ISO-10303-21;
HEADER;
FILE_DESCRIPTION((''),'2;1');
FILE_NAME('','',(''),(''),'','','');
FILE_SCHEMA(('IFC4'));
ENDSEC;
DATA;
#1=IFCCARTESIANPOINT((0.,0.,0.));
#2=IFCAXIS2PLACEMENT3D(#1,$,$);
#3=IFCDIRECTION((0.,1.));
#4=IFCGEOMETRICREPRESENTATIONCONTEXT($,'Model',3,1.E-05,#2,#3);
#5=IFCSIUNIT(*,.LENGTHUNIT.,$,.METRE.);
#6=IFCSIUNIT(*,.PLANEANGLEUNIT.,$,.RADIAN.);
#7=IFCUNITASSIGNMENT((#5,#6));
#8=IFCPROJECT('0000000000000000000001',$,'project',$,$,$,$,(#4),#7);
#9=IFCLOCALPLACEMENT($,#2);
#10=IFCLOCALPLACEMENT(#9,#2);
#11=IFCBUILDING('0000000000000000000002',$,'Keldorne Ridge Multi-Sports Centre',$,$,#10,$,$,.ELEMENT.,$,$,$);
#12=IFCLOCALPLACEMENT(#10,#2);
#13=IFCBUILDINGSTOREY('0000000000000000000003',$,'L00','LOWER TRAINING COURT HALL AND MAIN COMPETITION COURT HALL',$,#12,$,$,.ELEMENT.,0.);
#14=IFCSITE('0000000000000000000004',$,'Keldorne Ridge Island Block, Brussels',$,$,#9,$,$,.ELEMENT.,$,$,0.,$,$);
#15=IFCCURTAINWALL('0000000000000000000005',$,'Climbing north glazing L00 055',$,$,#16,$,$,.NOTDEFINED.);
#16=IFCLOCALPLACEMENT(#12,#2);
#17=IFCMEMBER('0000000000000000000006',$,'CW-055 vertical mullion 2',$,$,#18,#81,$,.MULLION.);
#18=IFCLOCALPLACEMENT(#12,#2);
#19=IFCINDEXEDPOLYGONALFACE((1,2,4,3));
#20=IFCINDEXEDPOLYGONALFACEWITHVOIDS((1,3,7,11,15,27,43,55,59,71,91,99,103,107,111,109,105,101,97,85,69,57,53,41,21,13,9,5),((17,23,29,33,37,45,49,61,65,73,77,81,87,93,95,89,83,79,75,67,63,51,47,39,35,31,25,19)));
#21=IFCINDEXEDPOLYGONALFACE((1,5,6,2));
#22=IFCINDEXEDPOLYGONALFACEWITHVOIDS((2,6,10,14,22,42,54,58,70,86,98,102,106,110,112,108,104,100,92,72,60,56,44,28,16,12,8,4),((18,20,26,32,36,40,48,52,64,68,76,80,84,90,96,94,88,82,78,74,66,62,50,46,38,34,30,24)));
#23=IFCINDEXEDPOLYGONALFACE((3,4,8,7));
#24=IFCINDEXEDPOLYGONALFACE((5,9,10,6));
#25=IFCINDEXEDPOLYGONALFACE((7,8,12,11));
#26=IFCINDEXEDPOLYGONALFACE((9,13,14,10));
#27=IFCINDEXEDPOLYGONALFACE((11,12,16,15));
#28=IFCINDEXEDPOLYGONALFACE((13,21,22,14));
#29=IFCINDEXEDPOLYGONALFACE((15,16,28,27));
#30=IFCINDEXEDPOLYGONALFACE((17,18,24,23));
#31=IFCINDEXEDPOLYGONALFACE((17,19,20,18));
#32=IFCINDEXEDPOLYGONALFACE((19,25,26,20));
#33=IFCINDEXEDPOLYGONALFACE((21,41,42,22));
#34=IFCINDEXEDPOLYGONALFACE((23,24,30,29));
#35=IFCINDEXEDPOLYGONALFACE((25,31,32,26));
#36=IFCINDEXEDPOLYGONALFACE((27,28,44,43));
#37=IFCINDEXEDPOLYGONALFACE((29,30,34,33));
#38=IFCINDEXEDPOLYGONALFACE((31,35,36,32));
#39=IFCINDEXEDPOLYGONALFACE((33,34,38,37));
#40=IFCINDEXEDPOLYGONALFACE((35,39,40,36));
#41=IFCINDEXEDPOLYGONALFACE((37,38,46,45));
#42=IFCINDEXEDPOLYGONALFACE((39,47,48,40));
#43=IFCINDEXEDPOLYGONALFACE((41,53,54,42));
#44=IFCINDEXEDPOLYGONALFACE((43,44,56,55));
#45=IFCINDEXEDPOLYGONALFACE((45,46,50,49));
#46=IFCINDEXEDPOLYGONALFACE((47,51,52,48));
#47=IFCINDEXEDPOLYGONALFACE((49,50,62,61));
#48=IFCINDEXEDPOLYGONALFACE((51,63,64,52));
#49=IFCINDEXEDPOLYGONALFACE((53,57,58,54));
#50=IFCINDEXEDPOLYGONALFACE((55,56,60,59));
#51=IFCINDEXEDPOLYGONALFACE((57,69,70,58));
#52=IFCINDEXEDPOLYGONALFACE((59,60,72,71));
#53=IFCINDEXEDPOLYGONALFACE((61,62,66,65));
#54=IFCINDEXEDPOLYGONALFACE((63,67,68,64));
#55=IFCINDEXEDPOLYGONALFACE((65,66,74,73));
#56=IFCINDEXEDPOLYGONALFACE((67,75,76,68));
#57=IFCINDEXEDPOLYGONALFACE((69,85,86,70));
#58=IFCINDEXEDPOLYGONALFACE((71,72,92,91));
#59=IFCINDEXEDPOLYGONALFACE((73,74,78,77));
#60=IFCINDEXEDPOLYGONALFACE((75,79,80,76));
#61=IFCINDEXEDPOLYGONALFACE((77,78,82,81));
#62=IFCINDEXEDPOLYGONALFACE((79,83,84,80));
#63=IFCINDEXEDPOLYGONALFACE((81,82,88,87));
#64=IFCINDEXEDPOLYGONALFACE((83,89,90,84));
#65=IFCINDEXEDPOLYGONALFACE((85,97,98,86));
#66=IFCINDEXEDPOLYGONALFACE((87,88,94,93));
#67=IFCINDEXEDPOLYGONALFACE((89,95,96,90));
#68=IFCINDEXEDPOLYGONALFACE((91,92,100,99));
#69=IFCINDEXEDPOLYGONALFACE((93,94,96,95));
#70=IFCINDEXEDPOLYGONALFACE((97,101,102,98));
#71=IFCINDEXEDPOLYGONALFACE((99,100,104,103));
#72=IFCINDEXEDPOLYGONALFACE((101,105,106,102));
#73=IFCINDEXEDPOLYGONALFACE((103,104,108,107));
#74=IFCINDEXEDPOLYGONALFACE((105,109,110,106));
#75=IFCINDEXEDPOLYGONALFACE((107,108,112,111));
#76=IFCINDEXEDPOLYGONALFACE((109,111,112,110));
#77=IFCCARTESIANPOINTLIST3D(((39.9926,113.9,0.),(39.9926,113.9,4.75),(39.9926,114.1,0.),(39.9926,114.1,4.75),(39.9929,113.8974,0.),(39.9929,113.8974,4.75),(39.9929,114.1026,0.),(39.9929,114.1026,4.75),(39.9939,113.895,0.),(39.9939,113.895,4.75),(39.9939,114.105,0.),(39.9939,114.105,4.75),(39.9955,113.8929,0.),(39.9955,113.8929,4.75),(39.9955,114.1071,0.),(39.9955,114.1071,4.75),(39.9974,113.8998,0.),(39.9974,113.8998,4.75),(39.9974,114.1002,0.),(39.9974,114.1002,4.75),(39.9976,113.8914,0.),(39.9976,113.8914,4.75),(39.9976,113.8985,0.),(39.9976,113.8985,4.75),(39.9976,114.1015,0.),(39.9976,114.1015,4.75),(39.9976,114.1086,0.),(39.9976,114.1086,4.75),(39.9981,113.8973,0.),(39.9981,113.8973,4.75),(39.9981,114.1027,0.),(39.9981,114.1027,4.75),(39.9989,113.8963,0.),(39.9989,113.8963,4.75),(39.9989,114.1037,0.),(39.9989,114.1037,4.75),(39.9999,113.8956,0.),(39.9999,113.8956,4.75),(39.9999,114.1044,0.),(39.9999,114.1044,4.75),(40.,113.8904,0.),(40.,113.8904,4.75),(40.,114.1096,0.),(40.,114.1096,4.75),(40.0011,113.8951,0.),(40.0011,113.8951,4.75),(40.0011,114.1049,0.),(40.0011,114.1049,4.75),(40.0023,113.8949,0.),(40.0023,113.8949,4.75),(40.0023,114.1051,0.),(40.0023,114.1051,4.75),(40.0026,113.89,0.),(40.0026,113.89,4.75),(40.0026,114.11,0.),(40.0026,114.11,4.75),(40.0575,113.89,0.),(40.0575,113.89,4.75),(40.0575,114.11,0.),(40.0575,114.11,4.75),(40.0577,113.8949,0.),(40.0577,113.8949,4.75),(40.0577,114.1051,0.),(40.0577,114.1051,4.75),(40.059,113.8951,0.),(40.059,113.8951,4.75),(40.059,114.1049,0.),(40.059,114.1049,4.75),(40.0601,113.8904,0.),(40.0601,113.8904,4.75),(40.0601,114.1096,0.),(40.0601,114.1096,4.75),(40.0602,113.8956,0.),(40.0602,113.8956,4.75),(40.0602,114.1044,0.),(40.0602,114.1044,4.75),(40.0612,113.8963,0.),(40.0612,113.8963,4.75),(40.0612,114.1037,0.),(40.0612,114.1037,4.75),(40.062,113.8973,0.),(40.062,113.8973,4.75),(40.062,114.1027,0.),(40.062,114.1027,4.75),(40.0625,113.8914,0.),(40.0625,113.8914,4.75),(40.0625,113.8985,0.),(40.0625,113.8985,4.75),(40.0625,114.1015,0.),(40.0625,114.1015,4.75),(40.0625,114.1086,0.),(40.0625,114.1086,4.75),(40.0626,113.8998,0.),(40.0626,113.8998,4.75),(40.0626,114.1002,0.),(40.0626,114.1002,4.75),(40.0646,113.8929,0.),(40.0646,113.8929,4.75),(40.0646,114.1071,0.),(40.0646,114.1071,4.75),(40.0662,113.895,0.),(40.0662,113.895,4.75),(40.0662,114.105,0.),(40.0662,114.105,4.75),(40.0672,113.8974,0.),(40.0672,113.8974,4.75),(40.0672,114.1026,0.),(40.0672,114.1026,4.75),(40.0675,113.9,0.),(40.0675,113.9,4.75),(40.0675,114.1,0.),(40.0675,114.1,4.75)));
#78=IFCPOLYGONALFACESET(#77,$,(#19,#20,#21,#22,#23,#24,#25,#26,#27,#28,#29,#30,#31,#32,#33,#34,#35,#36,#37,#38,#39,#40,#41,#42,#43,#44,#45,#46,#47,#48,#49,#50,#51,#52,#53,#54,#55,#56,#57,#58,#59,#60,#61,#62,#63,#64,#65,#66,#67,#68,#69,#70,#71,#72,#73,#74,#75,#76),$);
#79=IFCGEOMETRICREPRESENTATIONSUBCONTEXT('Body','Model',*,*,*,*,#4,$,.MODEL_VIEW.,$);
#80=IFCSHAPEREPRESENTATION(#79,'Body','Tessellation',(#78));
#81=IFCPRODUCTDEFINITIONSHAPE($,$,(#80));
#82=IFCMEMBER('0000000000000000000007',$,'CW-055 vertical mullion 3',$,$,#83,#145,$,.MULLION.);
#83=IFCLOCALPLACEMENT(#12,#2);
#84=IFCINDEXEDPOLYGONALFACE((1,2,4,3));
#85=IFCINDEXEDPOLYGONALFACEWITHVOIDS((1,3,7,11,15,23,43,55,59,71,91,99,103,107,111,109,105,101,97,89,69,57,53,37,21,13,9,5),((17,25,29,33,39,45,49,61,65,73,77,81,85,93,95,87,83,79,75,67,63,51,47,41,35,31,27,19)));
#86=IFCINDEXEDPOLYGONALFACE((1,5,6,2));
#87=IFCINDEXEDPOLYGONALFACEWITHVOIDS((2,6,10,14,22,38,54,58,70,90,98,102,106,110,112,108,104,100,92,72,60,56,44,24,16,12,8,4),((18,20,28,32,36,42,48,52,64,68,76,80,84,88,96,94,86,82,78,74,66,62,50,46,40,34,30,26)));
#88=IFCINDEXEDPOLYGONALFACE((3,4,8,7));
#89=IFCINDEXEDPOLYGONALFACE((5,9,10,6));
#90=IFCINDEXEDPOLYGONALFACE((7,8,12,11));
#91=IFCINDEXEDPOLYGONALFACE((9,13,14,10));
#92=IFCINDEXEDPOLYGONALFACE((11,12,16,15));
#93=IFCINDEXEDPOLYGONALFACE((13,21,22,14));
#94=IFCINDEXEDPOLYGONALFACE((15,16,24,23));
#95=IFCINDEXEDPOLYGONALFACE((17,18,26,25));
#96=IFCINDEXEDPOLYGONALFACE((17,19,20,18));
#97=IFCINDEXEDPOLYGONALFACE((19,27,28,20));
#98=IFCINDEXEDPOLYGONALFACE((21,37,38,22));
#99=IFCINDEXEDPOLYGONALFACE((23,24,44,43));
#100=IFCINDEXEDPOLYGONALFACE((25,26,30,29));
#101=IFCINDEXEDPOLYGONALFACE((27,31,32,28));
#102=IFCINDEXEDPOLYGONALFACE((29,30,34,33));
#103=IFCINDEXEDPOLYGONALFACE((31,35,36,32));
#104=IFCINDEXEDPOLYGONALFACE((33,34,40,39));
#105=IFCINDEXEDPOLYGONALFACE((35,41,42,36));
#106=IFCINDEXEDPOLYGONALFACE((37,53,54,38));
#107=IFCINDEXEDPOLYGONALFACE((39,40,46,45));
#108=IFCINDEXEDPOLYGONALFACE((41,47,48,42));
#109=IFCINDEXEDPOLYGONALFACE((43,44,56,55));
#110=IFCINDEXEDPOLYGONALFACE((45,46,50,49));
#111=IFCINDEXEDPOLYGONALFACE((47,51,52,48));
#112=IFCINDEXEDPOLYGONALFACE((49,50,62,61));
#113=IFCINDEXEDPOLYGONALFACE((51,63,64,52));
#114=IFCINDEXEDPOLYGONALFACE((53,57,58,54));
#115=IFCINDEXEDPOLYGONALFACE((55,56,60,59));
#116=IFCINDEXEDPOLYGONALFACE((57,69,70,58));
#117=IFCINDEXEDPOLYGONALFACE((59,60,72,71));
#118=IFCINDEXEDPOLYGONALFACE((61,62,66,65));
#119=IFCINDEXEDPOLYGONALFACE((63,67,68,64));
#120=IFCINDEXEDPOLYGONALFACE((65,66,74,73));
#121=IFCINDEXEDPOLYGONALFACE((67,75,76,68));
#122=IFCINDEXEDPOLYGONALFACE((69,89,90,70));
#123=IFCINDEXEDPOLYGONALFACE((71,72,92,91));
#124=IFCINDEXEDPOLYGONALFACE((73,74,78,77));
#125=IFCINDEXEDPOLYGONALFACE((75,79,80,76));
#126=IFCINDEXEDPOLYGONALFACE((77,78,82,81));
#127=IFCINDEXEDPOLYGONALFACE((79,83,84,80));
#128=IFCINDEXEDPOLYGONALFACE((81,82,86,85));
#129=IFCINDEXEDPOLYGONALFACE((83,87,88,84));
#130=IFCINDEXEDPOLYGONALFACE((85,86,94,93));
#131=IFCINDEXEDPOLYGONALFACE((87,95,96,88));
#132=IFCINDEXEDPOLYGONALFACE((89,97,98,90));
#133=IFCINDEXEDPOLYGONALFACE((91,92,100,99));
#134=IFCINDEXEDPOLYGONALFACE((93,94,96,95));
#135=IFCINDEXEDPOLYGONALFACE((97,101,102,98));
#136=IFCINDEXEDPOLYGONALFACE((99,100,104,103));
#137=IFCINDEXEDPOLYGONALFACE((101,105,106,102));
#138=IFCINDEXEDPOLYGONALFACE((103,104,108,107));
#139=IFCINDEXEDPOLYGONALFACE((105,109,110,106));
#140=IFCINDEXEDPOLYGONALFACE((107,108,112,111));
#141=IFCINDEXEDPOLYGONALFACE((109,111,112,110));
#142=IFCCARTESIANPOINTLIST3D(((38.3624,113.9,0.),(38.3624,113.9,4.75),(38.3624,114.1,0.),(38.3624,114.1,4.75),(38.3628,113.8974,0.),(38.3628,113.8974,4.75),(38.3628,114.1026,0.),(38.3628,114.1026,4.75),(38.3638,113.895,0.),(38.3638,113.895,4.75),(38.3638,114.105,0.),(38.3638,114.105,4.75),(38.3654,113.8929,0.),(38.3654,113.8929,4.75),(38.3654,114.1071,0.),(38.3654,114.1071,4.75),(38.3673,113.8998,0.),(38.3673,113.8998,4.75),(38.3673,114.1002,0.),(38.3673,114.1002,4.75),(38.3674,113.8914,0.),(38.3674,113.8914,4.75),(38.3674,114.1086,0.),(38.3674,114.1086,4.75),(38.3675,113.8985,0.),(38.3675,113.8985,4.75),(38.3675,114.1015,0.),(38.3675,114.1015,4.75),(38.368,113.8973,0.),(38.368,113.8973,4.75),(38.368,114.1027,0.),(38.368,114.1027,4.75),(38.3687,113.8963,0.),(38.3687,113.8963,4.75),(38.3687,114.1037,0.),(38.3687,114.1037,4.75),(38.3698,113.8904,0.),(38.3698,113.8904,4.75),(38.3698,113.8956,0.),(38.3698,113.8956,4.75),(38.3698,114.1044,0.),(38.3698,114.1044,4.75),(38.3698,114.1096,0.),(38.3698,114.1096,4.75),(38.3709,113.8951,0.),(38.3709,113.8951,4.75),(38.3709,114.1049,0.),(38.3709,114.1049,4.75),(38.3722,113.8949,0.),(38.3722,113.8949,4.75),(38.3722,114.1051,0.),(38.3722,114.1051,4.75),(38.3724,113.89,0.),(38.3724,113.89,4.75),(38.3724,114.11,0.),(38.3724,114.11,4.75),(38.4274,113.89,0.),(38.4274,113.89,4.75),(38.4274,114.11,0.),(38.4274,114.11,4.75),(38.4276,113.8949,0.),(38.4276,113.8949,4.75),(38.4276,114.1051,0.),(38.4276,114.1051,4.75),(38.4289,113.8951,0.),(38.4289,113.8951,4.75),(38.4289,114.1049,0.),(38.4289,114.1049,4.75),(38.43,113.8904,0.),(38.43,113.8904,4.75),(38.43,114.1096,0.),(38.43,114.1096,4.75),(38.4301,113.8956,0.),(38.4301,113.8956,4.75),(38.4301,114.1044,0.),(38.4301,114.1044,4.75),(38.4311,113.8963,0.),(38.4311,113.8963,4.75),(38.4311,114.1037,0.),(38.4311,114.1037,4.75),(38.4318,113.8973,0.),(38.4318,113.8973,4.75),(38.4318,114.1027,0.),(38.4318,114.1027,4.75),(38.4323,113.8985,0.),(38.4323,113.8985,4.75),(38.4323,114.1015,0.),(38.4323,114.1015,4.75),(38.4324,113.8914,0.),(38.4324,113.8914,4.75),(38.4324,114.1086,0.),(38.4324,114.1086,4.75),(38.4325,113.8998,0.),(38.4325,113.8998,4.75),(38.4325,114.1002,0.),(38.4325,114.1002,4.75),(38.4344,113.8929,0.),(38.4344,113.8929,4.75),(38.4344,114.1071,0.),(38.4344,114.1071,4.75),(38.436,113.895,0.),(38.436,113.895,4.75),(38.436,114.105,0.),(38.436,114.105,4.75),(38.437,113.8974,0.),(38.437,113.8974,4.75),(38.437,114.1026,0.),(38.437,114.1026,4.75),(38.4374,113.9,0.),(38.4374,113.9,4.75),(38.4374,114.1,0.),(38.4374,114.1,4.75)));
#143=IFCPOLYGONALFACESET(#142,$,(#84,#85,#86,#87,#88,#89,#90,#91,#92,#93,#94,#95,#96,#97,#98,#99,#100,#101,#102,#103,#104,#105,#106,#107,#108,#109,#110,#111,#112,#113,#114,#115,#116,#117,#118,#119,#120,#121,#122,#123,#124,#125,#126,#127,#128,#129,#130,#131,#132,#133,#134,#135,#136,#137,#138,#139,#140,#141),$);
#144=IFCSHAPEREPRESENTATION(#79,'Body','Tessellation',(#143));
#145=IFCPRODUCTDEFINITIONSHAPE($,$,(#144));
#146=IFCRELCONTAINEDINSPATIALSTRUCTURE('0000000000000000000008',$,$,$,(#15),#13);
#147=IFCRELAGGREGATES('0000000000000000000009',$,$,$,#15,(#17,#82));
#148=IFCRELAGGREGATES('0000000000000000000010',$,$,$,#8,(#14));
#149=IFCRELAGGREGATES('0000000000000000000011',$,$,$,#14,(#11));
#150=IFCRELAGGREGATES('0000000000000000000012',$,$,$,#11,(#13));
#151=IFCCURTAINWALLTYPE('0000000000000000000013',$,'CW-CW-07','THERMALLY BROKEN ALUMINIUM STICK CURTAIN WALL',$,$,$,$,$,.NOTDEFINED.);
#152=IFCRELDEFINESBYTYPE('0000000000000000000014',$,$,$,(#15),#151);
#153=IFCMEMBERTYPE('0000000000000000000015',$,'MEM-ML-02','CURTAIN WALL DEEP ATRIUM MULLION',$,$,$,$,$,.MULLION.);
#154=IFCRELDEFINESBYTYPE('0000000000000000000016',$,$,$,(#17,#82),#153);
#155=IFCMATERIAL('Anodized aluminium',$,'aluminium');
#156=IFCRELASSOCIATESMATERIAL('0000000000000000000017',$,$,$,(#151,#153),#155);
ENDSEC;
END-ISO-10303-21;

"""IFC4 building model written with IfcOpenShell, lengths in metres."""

from ifc_helpers import new_model, si_unit, direction, frame, origin, origin_2d, place, context, subcontext, project, spatial, hollow_rectangle, extrude, material, material_profile, profile_set, type_object, element, aggregate, save


model = new_model("IFC4")

# Units and contexts
model_context = context("Model", 3, precision=1e-05, world=origin(), true_north=direction((0.0, 1.0)))
body_context = subcontext(model_context, "Body", "Model", "MODEL_VIEW")
ifc_project = project(units=[si_unit("LENGTHUNIT", "METRE"), si_unit("PLANEANGLEUNIT", "RADIAN")], contexts=[model_context])

# Site, building, storey
site_placement = place(None, origin())
site = spatial("IfcSite", under=ifc_project, at=site_placement, Name="Keldorne Ridge Island Block, Brussels", CompositionType="ELEMENT", RefElevation=0.0)
building_placement = place(site_placement, origin())
building = spatial("IfcBuilding", under=site, at=building_placement, Name="Keldorne Ridge Multi-Sports Centre", CompositionType="ELEMENT")
storey_placement = place(building_placement, origin())
storey = spatial("IfcBuildingStorey", under=building, at=storey_placement, Name="L00", Description="LOWER TRAINING COURT HALL AND MAIN COMPETITION COURT HALL", CompositionType="ELEMENT", Elevation=0.0)

# Curtain wall, members
ifc_material_1 = material(Name="Anodized aluminium", Category="aluminium")
curtain_wall_type = type_object("IfcCurtainWallType", Name="CW-CW-07", Description="THERMALLY BROKEN ALUMINIUM STICK CURTAIN WALL", PredefinedType="NOTDEFINED", material=ifc_material_1)
curtain_wall_placement = place(storey_placement, origin())
curtain_wall = element("IfcCurtainWall", 1, at=curtain_wall_placement, inside=storey, type_object=curtain_wall_type, Name="Climbing north glazing L00 055", PredefinedType="NOTDEFINED")
ifc_material_profile_1 = material_profile(ifc_material_1, hollow_rectangle(XDim=0.075, YDim=0.22, WallThickness=0.0049, InnerFilletRadius=0.0049, OuterFilletRadius=0.01, at=origin_2d()), Name="ALU MULLION 220x75x5")
ifc_profile_set_1 = profile_set([ifc_material_profile_1], Name="Anodized aluminium")
member_type_1 = type_object("IfcMemberType", Name="MEM-ML-02", Description="CURTAIN WALL DEEP ATRIUM MULLION", PredefinedType="MULLION", material=ifc_profile_set_1)
member_1_placement = place(storey_placement, frame((40.03, 114.0, 0.0), z_axis=(0.0, 0.0, 1.0), x_axis=(1.0, 0.0, 0.0)))
member_1 = element("IfcMember", 2, at=member_1_placement, type_object=member_type_1, Name="CW-055 vertical mullion 2", PredefinedType="MULLION", context=body_context, shape_type="SweptSolid", body=[
    extrude(hollow_rectangle(XDim=0.075, YDim=0.22, WallThickness=0.0049, InnerFilletRadius=0.0049, OuterFilletRadius=0.01, at=origin_2d()), origin(), (0.0, 0.0, 1.0), 4.75),
])
member_2_placement = place(storey_placement, frame((38.3999, 114.0, 0.0), z_axis=(0.0, 0.0, 1.0), x_axis=(1.0, 0.0, 0.0)))
member_2 = element("IfcMember", 3, at=member_2_placement, type_object=member_type_1, Name="CW-055 vertical mullion 3", PredefinedType="MULLION", context=body_context, shape_type="SweptSolid", body=[
    extrude(hollow_rectangle(XDim=0.075, YDim=0.22, WallThickness=0.0049, InnerFilletRadius=0.0049, OuterFilletRadius=0.01, at=origin_2d()), origin(), (0.0, 0.0, 1.0), 4.75),
])
aggregate(curtain_wall, [member_1, member_2])

save(model, "model.ifc")
